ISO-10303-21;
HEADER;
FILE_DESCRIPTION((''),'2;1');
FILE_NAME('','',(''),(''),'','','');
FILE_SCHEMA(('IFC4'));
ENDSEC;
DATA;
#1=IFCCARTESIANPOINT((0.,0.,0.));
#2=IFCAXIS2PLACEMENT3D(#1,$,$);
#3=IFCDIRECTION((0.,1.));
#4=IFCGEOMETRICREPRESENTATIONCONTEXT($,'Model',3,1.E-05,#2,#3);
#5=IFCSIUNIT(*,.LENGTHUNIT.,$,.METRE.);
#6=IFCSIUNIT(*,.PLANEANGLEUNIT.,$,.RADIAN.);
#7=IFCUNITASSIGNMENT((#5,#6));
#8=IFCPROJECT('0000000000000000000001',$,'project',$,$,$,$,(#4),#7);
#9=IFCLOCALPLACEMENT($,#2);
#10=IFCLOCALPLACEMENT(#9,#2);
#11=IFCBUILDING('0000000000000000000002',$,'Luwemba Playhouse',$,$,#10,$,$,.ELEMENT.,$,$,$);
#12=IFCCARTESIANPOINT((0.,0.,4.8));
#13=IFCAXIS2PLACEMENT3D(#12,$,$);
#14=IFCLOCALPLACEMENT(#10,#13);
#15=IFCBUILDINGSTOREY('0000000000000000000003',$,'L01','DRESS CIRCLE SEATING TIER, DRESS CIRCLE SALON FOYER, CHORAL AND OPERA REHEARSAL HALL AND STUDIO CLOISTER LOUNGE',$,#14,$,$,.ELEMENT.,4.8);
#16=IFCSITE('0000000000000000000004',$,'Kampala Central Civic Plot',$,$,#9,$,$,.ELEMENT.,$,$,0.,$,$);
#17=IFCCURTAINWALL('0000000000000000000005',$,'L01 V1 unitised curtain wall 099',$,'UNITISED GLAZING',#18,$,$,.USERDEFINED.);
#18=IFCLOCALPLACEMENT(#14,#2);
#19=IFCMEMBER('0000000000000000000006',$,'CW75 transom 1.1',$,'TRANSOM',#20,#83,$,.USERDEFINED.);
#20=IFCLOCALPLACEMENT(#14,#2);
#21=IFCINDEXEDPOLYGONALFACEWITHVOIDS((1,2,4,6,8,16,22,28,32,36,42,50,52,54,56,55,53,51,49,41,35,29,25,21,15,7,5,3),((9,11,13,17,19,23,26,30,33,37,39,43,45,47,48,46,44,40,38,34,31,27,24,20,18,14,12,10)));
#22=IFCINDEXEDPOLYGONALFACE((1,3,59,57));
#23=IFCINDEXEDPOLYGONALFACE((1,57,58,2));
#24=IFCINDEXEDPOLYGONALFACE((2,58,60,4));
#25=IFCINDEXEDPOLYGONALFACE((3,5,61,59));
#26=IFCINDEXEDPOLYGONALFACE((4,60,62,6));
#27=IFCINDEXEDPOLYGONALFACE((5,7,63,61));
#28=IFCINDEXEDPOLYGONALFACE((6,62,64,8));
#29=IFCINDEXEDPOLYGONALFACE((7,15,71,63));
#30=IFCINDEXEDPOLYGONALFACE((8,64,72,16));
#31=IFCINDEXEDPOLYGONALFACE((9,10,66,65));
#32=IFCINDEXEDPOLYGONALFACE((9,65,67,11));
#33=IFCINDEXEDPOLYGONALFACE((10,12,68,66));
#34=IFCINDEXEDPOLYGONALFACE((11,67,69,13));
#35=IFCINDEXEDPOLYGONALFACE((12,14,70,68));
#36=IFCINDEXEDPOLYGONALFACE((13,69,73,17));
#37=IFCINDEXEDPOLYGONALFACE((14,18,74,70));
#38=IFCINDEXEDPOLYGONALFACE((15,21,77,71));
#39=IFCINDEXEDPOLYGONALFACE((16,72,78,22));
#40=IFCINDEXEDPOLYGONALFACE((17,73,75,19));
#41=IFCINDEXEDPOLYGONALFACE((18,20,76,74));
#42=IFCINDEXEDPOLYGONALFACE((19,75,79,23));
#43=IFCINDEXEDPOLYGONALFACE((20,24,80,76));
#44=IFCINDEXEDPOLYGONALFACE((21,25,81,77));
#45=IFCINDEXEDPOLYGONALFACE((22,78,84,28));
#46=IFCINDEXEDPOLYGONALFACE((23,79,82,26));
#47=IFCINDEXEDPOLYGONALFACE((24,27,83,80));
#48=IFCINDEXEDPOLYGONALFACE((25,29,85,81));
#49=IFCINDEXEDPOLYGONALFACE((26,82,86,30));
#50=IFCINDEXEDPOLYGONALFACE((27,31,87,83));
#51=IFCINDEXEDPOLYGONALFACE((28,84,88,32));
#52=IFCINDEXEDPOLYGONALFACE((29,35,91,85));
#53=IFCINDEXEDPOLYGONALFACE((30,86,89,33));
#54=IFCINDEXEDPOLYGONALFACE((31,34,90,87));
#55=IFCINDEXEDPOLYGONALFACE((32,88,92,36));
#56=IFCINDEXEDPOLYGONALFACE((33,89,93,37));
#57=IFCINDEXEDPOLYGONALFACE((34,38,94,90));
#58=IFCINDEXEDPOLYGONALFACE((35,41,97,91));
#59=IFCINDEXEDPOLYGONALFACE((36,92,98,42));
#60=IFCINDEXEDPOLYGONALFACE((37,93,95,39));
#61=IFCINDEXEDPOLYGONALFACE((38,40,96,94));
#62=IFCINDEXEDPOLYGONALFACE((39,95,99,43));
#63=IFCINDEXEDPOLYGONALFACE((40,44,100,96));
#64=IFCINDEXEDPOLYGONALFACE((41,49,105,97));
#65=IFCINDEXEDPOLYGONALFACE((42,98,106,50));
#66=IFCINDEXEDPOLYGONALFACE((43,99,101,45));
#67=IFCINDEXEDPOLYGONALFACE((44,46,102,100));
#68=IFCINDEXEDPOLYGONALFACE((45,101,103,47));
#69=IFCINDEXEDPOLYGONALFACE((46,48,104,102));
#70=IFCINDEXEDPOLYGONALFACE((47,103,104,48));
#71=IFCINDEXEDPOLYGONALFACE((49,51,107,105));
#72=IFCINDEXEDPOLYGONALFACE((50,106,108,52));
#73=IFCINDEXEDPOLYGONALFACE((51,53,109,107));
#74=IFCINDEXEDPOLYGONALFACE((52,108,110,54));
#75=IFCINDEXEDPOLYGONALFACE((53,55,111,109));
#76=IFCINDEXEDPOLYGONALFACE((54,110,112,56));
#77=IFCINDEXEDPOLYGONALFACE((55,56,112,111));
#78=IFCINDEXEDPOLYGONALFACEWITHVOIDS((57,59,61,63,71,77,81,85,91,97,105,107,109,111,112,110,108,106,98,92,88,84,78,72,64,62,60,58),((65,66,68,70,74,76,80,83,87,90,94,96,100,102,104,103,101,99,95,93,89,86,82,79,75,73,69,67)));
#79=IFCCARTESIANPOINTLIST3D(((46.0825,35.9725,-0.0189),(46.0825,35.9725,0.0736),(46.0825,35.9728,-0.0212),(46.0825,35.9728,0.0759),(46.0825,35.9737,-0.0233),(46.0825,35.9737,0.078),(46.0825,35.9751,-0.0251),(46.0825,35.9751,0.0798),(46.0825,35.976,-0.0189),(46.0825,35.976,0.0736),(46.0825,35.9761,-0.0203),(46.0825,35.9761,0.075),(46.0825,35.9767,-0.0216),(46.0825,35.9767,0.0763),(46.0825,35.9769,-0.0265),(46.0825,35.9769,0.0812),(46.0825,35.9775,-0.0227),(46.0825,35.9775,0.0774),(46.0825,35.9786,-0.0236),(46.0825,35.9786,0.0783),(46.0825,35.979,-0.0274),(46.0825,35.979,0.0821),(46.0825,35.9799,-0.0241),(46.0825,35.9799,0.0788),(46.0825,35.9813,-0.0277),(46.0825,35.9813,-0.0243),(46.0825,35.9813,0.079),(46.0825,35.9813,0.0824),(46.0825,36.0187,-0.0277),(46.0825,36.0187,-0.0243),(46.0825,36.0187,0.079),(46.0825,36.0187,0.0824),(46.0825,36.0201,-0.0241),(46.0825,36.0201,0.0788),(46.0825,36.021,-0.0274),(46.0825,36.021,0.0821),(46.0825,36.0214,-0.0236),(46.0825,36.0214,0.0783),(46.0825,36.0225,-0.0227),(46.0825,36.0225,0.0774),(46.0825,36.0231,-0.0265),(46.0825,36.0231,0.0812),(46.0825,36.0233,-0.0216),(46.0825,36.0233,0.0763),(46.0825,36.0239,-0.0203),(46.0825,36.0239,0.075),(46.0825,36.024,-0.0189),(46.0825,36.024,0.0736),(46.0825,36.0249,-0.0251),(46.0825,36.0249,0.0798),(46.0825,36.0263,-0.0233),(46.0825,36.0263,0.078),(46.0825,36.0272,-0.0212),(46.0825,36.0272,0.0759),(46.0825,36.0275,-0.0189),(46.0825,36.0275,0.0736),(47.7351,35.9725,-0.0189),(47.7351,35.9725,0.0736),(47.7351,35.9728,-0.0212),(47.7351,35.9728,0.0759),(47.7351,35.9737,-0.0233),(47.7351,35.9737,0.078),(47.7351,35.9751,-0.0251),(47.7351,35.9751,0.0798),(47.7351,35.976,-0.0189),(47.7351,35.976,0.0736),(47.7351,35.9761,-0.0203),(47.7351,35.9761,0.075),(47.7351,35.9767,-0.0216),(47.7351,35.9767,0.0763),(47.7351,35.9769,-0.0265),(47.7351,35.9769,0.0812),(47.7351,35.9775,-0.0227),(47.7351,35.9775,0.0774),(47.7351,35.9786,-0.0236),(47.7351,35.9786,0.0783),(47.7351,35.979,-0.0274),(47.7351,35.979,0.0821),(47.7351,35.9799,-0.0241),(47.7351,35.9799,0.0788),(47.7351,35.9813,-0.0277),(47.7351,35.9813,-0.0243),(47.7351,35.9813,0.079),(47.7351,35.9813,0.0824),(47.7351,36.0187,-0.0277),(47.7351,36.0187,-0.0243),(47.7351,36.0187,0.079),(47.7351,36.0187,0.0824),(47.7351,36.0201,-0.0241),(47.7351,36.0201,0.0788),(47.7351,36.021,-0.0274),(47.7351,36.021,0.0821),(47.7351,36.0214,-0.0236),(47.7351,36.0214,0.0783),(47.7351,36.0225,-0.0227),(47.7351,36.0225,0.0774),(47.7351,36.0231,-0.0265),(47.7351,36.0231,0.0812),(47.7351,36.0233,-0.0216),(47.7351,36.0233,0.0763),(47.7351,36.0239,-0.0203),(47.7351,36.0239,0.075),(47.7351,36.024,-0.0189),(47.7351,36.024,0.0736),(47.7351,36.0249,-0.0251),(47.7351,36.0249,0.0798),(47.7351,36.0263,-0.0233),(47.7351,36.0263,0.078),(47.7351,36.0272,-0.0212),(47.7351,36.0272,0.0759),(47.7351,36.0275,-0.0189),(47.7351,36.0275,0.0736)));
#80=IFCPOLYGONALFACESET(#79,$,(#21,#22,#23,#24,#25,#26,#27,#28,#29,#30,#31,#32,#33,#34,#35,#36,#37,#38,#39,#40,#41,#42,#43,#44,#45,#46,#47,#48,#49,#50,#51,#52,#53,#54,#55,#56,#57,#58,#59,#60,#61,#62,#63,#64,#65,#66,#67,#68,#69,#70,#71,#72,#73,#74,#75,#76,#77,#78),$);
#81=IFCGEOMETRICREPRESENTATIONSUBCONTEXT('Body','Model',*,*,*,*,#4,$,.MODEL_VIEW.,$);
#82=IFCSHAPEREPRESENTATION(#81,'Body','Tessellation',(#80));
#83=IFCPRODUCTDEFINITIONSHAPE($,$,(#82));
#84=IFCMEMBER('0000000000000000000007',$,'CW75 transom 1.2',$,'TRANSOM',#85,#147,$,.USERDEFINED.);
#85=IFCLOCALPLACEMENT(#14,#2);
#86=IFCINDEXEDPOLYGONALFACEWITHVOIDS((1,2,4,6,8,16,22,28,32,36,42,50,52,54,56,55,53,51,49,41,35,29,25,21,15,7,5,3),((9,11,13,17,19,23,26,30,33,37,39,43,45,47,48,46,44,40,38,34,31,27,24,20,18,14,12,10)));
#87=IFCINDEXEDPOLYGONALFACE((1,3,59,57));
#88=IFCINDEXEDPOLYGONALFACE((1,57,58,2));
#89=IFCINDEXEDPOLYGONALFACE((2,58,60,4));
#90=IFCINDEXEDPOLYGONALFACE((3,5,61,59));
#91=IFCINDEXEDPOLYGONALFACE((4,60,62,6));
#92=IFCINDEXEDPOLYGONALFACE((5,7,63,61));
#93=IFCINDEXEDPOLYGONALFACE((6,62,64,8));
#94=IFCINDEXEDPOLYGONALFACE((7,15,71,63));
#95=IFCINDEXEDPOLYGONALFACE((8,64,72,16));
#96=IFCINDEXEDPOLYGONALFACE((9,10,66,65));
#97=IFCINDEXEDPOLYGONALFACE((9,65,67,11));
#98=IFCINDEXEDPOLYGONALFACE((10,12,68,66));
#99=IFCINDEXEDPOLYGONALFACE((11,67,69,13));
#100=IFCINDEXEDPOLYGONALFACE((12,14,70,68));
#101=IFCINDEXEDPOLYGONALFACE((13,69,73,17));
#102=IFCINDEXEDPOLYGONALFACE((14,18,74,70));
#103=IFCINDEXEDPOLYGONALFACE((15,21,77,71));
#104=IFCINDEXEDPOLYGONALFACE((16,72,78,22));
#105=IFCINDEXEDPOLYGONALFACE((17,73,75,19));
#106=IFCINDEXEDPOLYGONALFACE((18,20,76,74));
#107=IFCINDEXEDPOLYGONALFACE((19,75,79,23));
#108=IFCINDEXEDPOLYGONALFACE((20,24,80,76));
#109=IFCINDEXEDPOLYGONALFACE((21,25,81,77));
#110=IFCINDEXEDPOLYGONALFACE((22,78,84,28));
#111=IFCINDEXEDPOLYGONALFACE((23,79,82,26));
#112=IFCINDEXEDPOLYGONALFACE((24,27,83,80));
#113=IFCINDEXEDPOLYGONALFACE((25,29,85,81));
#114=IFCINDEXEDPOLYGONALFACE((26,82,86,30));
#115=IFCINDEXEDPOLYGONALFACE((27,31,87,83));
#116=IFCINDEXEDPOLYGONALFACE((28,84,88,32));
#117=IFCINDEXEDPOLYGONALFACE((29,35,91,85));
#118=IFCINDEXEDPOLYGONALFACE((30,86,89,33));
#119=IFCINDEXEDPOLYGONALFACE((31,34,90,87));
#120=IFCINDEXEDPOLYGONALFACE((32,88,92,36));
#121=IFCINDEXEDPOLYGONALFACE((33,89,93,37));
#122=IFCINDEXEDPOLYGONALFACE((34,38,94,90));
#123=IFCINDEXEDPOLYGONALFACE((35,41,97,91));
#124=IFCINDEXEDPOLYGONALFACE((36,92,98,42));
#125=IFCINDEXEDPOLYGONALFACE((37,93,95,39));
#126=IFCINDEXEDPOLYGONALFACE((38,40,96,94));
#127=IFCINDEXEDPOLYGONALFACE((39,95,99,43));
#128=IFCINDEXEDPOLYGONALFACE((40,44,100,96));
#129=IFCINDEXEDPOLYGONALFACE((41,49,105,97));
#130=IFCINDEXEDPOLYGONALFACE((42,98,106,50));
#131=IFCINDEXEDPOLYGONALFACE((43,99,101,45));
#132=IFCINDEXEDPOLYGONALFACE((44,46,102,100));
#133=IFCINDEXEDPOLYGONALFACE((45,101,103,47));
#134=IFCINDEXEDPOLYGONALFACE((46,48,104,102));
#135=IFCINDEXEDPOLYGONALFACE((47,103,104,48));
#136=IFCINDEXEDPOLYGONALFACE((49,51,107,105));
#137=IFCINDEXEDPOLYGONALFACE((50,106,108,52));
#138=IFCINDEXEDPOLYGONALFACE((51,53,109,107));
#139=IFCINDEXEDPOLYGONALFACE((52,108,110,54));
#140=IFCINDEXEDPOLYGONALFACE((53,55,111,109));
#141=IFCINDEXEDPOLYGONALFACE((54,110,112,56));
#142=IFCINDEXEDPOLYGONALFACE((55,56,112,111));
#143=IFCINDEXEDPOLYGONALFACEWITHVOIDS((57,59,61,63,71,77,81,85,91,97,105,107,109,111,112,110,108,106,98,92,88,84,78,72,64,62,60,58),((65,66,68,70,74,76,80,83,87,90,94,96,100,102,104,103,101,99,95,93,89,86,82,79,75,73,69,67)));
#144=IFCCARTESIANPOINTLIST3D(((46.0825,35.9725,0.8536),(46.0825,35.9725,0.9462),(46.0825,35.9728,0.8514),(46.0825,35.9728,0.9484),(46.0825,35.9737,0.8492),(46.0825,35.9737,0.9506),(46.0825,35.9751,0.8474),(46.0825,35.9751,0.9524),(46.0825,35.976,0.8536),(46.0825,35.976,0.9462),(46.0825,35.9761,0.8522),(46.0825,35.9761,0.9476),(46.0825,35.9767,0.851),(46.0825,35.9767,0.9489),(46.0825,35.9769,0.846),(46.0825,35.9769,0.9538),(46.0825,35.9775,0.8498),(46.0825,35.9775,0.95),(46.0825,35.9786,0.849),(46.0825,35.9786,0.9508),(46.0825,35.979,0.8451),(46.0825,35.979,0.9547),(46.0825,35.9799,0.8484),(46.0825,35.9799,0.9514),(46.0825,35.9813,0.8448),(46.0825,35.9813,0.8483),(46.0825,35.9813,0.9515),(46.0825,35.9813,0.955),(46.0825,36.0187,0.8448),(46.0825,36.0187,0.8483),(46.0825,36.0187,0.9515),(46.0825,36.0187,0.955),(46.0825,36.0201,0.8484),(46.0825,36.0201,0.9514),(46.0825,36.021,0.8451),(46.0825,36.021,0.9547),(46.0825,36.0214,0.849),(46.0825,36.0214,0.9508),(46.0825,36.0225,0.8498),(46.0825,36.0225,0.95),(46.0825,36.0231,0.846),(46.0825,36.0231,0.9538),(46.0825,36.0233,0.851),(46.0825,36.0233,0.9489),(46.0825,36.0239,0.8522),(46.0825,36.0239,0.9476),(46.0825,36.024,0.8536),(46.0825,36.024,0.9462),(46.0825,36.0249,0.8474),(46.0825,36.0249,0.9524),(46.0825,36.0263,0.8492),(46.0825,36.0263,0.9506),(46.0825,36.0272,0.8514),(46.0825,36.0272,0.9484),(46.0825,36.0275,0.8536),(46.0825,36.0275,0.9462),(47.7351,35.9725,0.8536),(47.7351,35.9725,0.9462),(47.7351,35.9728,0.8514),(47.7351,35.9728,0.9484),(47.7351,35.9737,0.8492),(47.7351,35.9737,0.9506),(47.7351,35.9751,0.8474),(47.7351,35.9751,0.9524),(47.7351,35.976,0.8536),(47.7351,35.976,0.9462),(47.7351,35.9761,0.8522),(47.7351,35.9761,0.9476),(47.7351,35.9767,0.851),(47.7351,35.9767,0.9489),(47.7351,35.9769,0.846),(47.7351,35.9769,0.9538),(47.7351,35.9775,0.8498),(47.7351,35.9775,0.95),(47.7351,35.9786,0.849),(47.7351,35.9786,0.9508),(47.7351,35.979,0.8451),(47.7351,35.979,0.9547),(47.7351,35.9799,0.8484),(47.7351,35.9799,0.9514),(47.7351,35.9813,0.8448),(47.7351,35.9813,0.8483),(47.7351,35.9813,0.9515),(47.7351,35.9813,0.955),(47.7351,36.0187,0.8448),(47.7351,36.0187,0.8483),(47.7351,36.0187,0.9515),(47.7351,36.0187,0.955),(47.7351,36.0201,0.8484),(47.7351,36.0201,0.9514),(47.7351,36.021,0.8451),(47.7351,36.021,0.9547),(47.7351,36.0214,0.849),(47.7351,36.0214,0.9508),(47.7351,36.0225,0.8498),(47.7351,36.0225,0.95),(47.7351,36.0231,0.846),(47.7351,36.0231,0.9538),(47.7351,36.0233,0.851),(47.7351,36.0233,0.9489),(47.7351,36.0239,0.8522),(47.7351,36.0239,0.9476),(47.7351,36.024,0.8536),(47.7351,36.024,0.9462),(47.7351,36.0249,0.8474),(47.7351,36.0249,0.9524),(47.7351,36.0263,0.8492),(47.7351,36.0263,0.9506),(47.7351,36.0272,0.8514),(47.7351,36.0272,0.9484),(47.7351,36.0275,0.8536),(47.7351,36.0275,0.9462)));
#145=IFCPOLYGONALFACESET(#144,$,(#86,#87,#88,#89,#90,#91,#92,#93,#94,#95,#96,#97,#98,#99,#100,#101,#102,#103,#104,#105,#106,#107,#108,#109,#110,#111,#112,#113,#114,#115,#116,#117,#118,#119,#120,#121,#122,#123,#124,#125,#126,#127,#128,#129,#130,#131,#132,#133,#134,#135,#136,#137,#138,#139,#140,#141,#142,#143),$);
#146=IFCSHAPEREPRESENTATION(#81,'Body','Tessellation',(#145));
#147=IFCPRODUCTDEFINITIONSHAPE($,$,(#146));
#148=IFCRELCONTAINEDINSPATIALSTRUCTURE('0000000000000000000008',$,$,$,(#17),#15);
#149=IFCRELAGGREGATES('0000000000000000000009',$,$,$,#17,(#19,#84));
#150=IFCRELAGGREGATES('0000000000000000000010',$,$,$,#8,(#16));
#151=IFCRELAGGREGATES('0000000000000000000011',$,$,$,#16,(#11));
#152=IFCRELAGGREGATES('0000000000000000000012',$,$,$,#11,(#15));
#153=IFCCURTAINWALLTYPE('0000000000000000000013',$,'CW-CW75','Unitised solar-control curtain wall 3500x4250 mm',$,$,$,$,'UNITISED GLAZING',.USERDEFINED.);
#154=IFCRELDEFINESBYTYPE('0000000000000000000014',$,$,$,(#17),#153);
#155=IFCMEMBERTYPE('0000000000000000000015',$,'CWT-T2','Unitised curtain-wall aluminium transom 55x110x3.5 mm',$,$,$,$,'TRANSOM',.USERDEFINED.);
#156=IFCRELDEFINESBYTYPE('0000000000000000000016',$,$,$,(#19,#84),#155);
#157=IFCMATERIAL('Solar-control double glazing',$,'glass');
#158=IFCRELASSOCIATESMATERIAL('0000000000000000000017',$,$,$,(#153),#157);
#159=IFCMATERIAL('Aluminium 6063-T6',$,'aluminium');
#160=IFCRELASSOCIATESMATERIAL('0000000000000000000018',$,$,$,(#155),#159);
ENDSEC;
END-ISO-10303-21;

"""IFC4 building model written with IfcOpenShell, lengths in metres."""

from ifc_helpers import new_model, si_unit, direction, frame, origin, origin_2d, place, context, subcontext, project, spatial, hollow_rectangle, extrude, material, material_profile, profile_set, type_object, element, aggregate, save


model = new_model("IFC4")

# Units and contexts
model_context = context("Model", 3, precision=1e-05, world=origin(), true_north=direction((0.0, 1.0)))
body_context = subcontext(model_context, "Body", "Model", "MODEL_VIEW")
ifc_project = project(units=[si_unit("LENGTHUNIT", "METRE"), si_unit("PLANEANGLEUNIT", "RADIAN")], contexts=[model_context])

# Site, building, storey
site_placement = place(None, origin())
site = spatial("IfcSite", under=ifc_project, at=site_placement, Name="Kampala Central Civic Plot", CompositionType="ELEMENT", RefElevation=0.0)
building_placement = place(site_placement, origin())
building = spatial("IfcBuilding", under=site, at=building_placement, Name="Luwemba Playhouse", CompositionType="ELEMENT")
storey_placement = place(building_placement, frame((0.0, 0.0, 4.8)))
storey = spatial("IfcBuildingStorey", under=building, at=storey_placement, Name="L01", Description="DRESS CIRCLE SEATING TIER, DRESS CIRCLE SALON FOYER, CHORAL AND OPERA REHEARSAL HALL AND STUDIO CLOISTER LOUNGE", CompositionType="ELEMENT", Elevation=4.8)

# Curtain wall
ifc_material_1 = material(Name="Solar-control double glazing", Category="glass")
curtain_wall_type_1 = type_object("IfcCurtainWallType", Name="CW-CW75", Description="Unitised solar-control curtain wall 3500x4250 mm", ElementType="UNITISED GLAZING", PredefinedType="USERDEFINED", material=ifc_material_1)
curtain_wall_1_placement = place(storey_placement, origin())
curtain_wall_1 = element("IfcCurtainWall", 1, at=curtain_wall_1_placement, inside=storey, type_object=curtain_wall_type_1, Name="L01 V1 unitised curtain wall 099", ObjectType="UNITISED GLAZING", PredefinedType="USERDEFINED")
ifc_material_2 = material(Name="Aluminium 6063-T6", Category="aluminium")

# Members
ifc_material_profile_1 = material_profile(ifc_material_2, hollow_rectangle(XDim=0.0549, YDim=0.1101, WallThickness=0.0034, InnerFilletRadius=0.0054, OuterFilletRadius=0.0088, at=origin_2d()))
ifc_profile_set_1 = profile_set([ifc_material_profile_1], Name="Aluminium 6063-T6")
member_type_1 = type_object("IfcMemberType", Name="CWT-T2", Description="Unitised curtain-wall aluminium transom 55x110x3.5 mm", ElementType="TRANSOM", PredefinedType="USERDEFINED", material=ifc_profile_set_1)
member_1_placement = place(storey_placement, frame((47.7351, 36.0, 0.0273), z_axis=(-1.0, 0.0, 0.0), x_axis=(0.0, -1.0, 0.0)))
member_1 = element("IfcMember", 2, at=member_1_placement, type_object=member_type_1, Name="CW75 transom 1.1", ObjectType="TRANSOM", PredefinedType="USERDEFINED", context=body_context, shape_type="SweptSolid", body=[
    extrude(hollow_rectangle(XDim=0.0549, YDim=0.1101, WallThickness=0.0034, InnerFilletRadius=0.0054, OuterFilletRadius=0.0088, at=origin_2d()), origin(), (0.0, 0.0, 1.0), 1.6526),
])
member_2_placement = place(storey_placement, frame((47.7351, 36.0, 0.8999), z_axis=(-1.0, 0.0, 0.0), x_axis=(0.0, -1.0, 0.0)))
member_2 = element("IfcMember", 3, at=member_2_placement, type_object=member_type_1, Name="CW75 transom 1.2", ObjectType="TRANSOM", PredefinedType="USERDEFINED", context=body_context, shape_type="SweptSolid", body=[
    extrude(hollow_rectangle(XDim=0.0549, YDim=0.1101, WallThickness=0.0034, InnerFilletRadius=0.0054, OuterFilletRadius=0.0088, at=origin_2d()), origin(), (0.0, 0.0, 1.0), 1.6526),
])

aggregate(curtain_wall_1, [member_1, member_2])

save(model, "model.ifc")
